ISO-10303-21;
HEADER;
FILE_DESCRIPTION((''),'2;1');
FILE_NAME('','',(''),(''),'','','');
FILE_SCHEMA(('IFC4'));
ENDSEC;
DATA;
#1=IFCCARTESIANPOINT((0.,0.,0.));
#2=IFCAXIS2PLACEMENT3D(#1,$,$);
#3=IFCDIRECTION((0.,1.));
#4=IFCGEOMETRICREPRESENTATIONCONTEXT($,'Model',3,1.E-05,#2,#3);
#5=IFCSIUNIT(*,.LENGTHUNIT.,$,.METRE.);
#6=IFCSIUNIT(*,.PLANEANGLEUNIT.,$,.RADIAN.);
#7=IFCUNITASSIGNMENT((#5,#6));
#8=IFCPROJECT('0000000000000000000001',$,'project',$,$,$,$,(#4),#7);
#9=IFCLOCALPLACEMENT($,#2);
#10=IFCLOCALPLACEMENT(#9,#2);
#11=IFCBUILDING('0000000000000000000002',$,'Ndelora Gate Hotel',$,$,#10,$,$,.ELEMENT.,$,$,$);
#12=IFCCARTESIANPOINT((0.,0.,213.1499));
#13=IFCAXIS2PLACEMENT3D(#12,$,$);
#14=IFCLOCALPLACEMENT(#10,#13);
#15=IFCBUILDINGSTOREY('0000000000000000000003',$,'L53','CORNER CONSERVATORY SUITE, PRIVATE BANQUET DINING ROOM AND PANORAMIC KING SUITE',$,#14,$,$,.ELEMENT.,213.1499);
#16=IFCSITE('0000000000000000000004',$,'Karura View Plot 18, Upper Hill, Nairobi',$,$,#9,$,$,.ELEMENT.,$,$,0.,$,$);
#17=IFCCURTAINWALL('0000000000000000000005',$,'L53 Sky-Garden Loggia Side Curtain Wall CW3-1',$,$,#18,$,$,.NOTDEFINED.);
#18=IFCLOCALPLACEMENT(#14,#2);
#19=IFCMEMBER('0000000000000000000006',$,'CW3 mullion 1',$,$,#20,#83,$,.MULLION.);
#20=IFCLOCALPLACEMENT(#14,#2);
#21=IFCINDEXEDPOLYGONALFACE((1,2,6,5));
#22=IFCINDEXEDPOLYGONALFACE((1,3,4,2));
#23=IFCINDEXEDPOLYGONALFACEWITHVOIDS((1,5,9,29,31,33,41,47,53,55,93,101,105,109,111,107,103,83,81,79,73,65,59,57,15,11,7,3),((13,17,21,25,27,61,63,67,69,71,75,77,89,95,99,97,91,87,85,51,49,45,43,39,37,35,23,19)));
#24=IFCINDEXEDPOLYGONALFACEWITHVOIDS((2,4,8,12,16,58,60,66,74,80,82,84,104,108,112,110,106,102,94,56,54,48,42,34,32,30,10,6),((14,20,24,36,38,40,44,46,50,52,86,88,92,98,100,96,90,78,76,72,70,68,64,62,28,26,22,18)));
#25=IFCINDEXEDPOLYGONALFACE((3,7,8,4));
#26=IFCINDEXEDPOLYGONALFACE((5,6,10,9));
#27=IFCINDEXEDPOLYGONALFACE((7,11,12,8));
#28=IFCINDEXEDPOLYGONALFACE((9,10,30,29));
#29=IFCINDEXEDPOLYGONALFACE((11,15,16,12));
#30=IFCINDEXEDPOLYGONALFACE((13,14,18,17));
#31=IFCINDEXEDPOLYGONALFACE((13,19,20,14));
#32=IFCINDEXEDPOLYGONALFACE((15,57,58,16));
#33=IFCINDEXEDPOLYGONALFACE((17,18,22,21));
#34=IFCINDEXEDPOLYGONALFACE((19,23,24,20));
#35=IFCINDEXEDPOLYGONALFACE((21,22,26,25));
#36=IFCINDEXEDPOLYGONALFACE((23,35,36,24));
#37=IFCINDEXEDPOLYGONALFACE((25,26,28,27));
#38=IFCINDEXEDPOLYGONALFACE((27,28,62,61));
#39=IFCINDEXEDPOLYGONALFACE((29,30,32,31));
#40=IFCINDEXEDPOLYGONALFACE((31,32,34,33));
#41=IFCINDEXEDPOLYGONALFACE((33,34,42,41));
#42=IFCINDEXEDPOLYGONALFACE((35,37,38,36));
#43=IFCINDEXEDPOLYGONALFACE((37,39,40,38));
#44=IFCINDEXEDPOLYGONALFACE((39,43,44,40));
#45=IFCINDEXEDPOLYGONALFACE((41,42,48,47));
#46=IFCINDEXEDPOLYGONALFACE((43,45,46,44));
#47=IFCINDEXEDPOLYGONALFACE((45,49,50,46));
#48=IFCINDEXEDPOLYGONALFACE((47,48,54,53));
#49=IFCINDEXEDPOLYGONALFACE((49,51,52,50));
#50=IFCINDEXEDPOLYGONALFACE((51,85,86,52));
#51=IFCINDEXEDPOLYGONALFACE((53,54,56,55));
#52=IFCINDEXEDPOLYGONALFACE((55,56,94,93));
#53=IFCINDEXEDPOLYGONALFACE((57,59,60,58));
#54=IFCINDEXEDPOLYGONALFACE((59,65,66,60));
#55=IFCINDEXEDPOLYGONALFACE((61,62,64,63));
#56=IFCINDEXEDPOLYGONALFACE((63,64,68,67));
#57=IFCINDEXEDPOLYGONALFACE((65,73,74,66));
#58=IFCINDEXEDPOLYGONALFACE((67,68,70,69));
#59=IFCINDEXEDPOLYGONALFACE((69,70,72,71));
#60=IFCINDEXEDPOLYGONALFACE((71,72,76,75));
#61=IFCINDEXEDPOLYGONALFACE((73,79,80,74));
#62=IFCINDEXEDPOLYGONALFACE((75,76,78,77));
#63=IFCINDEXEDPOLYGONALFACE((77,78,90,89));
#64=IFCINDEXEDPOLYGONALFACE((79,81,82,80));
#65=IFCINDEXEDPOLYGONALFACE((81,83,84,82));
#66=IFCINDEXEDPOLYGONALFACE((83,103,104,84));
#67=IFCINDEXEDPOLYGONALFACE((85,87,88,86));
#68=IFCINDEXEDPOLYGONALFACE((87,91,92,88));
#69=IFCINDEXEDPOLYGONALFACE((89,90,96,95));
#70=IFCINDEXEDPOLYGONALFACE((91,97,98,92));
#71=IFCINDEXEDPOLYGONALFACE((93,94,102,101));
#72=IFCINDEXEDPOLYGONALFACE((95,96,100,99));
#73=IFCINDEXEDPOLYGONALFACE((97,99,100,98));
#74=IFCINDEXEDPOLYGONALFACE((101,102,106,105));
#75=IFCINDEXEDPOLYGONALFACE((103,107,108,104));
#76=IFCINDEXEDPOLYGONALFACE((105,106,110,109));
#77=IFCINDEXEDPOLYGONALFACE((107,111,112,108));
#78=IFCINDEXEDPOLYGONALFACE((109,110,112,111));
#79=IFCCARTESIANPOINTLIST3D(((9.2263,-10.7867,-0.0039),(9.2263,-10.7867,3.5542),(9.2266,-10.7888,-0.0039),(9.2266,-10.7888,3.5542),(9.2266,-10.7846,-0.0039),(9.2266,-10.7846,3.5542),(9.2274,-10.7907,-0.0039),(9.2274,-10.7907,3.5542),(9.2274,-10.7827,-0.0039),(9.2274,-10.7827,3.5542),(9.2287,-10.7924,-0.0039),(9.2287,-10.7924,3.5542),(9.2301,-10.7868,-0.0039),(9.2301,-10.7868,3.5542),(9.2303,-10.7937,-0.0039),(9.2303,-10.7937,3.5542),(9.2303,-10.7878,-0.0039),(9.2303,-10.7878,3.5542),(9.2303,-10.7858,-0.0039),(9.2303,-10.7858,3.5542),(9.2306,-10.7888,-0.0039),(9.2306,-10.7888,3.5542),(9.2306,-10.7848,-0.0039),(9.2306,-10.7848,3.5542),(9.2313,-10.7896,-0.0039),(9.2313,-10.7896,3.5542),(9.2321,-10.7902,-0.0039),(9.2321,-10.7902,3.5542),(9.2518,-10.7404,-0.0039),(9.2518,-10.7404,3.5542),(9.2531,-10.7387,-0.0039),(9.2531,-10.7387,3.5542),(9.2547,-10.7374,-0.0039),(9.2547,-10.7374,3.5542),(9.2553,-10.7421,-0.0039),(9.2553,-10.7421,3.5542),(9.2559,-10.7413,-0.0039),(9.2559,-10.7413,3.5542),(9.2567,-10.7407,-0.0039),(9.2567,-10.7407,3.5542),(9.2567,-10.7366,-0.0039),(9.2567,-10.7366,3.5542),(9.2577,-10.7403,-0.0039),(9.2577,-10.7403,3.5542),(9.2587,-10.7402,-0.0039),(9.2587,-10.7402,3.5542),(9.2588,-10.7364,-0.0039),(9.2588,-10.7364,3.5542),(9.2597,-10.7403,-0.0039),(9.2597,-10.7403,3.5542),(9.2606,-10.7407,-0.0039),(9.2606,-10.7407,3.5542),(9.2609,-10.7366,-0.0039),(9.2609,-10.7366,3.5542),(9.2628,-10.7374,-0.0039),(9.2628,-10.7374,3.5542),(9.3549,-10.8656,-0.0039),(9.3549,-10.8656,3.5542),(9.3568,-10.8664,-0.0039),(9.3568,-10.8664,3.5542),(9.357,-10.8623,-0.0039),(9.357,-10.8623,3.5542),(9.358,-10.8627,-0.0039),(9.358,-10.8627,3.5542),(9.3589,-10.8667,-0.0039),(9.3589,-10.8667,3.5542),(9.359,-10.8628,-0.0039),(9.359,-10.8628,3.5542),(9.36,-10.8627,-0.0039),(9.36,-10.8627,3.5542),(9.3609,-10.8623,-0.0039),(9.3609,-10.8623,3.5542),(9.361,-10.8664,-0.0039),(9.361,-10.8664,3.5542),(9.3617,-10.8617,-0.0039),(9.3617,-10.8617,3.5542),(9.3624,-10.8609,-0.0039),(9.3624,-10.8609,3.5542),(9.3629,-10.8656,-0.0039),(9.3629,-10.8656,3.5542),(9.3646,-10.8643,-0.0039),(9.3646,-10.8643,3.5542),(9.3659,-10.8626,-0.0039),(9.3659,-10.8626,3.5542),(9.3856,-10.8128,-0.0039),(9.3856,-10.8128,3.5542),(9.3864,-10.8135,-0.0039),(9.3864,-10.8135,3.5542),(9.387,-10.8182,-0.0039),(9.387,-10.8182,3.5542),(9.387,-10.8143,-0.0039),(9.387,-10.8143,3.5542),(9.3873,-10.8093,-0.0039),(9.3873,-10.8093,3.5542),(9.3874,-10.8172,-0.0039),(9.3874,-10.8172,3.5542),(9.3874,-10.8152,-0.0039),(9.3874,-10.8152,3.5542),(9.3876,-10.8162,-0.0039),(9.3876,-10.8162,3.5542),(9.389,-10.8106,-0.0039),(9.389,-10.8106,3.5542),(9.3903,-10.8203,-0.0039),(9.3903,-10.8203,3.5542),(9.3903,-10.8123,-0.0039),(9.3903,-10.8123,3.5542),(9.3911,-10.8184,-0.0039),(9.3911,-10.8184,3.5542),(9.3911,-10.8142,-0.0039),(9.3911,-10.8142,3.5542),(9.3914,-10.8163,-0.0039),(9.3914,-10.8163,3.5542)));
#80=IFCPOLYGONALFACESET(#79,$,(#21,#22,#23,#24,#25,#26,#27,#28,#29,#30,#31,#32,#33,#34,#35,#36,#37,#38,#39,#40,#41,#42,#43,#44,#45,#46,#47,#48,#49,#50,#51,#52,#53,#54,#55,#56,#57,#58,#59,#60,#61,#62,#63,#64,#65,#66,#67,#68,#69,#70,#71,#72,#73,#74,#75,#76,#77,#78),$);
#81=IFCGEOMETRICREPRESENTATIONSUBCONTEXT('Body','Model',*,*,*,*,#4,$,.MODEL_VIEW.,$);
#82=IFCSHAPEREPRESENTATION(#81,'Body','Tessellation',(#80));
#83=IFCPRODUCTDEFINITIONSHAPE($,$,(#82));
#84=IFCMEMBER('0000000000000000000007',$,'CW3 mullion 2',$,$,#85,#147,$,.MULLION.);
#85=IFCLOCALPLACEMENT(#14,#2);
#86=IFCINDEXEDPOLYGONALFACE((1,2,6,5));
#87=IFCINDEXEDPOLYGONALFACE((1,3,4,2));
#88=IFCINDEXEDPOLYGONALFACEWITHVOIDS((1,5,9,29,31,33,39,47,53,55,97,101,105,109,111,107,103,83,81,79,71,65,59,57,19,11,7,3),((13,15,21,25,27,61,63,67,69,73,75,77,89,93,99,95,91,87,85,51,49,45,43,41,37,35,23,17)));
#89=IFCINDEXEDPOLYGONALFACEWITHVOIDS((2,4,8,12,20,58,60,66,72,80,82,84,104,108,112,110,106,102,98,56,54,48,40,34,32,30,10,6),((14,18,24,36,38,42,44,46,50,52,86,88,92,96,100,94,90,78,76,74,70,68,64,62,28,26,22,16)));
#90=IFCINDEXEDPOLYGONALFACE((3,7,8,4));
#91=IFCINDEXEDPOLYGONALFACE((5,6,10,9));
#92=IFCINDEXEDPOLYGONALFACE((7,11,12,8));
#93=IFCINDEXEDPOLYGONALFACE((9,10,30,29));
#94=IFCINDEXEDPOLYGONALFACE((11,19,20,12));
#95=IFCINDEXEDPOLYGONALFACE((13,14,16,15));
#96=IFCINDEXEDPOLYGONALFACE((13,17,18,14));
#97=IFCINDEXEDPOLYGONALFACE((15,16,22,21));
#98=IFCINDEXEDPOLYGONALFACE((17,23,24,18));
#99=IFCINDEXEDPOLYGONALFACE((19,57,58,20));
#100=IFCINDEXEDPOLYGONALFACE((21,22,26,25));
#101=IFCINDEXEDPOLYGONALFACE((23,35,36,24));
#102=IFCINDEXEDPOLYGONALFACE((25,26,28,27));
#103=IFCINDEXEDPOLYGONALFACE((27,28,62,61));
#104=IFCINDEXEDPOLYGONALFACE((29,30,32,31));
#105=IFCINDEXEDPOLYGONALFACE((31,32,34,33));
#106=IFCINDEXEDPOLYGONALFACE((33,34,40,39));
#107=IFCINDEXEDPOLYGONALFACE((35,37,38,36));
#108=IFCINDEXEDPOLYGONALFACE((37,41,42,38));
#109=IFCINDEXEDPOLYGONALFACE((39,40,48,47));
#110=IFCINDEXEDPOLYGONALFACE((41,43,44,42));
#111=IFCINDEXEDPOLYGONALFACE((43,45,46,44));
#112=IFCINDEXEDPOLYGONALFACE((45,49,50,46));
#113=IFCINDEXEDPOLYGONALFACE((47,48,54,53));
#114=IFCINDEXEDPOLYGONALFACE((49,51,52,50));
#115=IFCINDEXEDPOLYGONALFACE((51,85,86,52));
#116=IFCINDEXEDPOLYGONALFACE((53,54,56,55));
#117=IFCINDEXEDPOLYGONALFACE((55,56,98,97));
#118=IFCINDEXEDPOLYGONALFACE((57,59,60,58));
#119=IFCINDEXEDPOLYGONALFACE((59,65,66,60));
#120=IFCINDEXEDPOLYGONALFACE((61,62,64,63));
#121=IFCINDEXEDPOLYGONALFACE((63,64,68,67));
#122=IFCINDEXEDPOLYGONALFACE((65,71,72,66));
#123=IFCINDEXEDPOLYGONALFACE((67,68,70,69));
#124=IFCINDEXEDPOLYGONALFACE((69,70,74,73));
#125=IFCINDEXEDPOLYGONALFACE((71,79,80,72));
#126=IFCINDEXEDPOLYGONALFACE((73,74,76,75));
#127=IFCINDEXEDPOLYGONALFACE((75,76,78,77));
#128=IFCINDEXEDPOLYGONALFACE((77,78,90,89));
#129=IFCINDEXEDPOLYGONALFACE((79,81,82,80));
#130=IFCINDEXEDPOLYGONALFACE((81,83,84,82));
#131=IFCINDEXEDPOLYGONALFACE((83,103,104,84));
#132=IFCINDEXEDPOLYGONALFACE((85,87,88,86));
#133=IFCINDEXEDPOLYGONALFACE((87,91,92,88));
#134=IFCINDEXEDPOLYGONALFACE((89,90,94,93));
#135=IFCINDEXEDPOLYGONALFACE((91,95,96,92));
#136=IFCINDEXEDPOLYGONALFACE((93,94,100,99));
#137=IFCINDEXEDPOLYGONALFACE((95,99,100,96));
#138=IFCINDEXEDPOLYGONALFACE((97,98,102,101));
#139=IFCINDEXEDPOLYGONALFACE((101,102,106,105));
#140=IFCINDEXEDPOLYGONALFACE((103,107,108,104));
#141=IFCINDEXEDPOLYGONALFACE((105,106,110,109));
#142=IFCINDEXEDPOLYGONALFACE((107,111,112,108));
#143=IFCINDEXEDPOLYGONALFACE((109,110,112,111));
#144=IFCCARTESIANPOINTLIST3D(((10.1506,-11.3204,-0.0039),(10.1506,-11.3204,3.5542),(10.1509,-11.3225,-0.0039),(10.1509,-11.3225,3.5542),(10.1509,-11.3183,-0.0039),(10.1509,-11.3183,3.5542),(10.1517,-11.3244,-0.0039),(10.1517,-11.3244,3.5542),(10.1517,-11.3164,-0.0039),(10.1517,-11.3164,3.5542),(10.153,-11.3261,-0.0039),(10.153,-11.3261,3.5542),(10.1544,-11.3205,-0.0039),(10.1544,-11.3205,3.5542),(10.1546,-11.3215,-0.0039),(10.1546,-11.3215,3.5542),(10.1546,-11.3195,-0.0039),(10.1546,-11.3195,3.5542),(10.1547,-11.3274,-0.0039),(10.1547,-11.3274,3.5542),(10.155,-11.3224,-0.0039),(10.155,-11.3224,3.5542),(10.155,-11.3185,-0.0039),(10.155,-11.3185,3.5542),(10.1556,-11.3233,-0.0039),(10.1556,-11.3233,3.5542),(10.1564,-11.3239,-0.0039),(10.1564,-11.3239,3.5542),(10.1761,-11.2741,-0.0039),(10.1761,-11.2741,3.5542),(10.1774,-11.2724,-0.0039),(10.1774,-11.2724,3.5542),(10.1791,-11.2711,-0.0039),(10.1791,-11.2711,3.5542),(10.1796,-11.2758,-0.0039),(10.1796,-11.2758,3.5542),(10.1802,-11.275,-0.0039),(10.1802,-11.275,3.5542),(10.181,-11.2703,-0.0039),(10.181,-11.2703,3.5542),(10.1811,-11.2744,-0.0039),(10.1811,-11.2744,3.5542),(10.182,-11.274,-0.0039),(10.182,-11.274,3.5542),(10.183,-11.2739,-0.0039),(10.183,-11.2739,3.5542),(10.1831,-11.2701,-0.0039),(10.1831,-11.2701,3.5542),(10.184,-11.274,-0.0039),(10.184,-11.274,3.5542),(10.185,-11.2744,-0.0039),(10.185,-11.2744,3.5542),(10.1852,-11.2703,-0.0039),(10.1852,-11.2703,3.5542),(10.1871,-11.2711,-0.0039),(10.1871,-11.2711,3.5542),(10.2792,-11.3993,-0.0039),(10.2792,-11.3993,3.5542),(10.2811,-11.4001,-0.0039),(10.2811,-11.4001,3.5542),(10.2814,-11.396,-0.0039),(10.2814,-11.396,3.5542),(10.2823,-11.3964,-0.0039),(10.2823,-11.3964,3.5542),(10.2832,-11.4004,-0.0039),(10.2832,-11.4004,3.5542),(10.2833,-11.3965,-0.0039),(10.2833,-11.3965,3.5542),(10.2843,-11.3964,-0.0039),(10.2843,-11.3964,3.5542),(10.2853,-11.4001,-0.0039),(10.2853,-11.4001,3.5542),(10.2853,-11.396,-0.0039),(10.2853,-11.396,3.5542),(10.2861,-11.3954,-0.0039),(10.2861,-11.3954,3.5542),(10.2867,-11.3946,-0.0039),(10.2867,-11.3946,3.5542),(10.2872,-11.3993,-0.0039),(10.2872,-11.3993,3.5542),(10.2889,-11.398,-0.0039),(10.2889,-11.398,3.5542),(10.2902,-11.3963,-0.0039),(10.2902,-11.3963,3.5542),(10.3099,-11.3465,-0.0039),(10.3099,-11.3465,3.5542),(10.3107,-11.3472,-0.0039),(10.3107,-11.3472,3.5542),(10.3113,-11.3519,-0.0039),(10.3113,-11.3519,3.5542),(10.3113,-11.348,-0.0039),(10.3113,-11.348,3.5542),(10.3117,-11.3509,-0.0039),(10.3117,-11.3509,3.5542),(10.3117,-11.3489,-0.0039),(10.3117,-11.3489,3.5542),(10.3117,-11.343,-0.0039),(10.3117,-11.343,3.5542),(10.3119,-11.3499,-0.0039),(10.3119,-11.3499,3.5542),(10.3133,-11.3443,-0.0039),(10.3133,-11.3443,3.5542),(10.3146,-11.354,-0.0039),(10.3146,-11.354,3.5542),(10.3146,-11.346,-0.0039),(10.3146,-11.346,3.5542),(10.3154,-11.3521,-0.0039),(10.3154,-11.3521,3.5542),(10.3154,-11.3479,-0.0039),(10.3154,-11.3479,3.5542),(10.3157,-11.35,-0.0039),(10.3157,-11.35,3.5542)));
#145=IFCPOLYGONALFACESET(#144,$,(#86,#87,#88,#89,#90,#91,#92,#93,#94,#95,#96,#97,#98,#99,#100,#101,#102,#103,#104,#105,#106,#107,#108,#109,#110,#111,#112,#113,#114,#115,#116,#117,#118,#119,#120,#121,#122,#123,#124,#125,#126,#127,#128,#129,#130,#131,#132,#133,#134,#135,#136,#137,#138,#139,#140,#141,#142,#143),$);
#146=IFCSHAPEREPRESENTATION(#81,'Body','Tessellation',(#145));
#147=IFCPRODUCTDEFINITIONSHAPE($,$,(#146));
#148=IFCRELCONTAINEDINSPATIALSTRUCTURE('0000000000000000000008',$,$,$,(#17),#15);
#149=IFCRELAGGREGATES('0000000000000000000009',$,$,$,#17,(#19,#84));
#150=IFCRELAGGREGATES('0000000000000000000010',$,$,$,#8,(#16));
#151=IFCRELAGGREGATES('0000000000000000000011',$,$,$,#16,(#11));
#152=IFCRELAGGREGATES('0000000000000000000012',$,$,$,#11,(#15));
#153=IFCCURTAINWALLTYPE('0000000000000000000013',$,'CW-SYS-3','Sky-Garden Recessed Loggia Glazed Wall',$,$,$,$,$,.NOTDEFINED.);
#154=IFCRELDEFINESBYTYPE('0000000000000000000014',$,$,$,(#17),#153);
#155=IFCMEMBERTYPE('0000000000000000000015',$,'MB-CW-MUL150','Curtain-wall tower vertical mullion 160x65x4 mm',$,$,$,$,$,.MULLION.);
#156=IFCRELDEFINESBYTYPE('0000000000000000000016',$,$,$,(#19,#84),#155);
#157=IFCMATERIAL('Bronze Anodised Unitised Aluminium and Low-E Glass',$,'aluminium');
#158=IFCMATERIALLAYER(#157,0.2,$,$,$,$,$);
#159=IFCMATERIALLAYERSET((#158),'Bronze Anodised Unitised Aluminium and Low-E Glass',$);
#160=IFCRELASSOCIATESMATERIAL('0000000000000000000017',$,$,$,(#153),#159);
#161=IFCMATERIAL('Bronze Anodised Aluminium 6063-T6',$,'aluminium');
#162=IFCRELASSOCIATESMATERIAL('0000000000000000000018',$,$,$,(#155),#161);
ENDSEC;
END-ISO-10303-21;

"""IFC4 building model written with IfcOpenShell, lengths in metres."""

from ifc_helpers import new_model, si_unit, direction, frame, origin, origin_2d, place, context, subcontext, project, spatial, hollow_rectangle, extrude, material, layer, layer_set, material_profile, profile_set, type_object, element, aggregate, save


model = new_model("IFC4")

# Units and contexts
model_context = context("Model", 3, precision=1e-05, world=origin(), true_north=direction((0.0, 1.0)))
body_context = subcontext(model_context, "Body", "Model", "MODEL_VIEW")
ifc_project = project(units=[si_unit("LENGTHUNIT", "METRE"), si_unit("PLANEANGLEUNIT", "RADIAN")], contexts=[model_context])

# Site, building, storey
site_placement = place(None, origin())
site = spatial("IfcSite", under=ifc_project, at=site_placement, Name="Karura View Plot 18, Upper Hill, Nairobi", CompositionType="ELEMENT", RefElevation=0.0)
building_placement = place(site_placement, origin())
building = spatial("IfcBuilding", under=site, at=building_placement, Name="Ndelora Gate Hotel", CompositionType="ELEMENT")
storey_placement = place(building_placement, frame((0.0, 0.0, 213.1499)))
storey = spatial("IfcBuildingStorey", under=building, at=storey_placement, Name="L53", Description="CORNER CONSERVATORY SUITE, PRIVATE BANQUET DINING ROOM AND PANORAMIC KING SUITE", CompositionType="ELEMENT", Elevation=213.1499)

# Curtain wall, members
ifc_material_1 = material(Name="Bronze Anodised Unitised Aluminium and Low-E Glass", Category="aluminium")
ifc_layer_1 = layer(ifc_material_1, 0.2)
ifc_layer_set_1 = layer_set([ifc_layer_1], Name="Bronze Anodised Unitised Aluminium and Low-E Glass")
curtain_wall_type = type_object("IfcCurtainWallType", Name="CW-SYS-3", Description="Sky-Garden Recessed Loggia Glazed Wall", PredefinedType="NOTDEFINED", material=ifc_layer_set_1)
curtain_wall_placement = place(storey_placement, origin())
curtain_wall = element("IfcCurtainWall", 1, at=curtain_wall_placement, inside=storey, type_object=curtain_wall_type, Name="L53 Sky-Garden Loggia Side Curtain Wall CW3-1", PredefinedType="NOTDEFINED")
ifc_material_2 = material(Name="Bronze Anodised Aluminium 6063-T6", Category="aluminium")
ifc_material_profile_1 = material_profile(ifc_material_2, hollow_rectangle(XDim=0.0649, YDim=0.1599, WallThickness=0.0039, InnerFilletRadius=0.0039, OuterFilletRadius=0.0081, at=origin_2d()), Name="ALU 160x65x4")
ifc_profile_set_1 = profile_set([ifc_material_profile_1], Name="Bronze Anodised Aluminium 6063-T6")
member_type_1 = type_object("IfcMemberType", Name="MB-CW-MUL150", Description="Curtain-wall tower vertical mullion 160x65x4 mm", PredefinedType="MULLION", material=ifc_profile_set_1)
member_1_placement = place(storey_placement, frame((9.3088, -10.8015, -0.0039), z_axis=(0.0, 0.0, 1.0), x_axis=(0.499991, 0.86603, 0.0)))
member_1 = element("IfcMember", 2, at=member_1_placement, type_object=member_type_1, Name="CW3 mullion 1", PredefinedType="MULLION", context=body_context, shape_type="SweptSolid", body=[
    extrude(hollow_rectangle(XDim=0.0649, YDim=0.1599, WallThickness=0.0039, InnerFilletRadius=0.0039, OuterFilletRadius=0.0081, at=origin_2d()), origin(), (0.0, 0.0, 1.0), 3.5581),
])
member_2_placement = place(storey_placement, frame((10.2332, -11.3352, -0.0039), z_axis=(0.0, 0.0, 1.0), x_axis=(0.499991, 0.86603, 0.0)))
member_2 = element("IfcMember", 3, at=member_2_placement, type_object=member_type_1, Name="CW3 mullion 2", PredefinedType="MULLION", context=body_context, shape_type="SweptSolid", body=[
    extrude(hollow_rectangle(XDim=0.0649, YDim=0.1599, WallThickness=0.0039, InnerFilletRadius=0.0039, OuterFilletRadius=0.0081, at=origin_2d()), origin(), (0.0, 0.0, 1.0), 3.5581),
])
aggregate(curtain_wall, [member_1, member_2])

save(model, "model.ifc")
